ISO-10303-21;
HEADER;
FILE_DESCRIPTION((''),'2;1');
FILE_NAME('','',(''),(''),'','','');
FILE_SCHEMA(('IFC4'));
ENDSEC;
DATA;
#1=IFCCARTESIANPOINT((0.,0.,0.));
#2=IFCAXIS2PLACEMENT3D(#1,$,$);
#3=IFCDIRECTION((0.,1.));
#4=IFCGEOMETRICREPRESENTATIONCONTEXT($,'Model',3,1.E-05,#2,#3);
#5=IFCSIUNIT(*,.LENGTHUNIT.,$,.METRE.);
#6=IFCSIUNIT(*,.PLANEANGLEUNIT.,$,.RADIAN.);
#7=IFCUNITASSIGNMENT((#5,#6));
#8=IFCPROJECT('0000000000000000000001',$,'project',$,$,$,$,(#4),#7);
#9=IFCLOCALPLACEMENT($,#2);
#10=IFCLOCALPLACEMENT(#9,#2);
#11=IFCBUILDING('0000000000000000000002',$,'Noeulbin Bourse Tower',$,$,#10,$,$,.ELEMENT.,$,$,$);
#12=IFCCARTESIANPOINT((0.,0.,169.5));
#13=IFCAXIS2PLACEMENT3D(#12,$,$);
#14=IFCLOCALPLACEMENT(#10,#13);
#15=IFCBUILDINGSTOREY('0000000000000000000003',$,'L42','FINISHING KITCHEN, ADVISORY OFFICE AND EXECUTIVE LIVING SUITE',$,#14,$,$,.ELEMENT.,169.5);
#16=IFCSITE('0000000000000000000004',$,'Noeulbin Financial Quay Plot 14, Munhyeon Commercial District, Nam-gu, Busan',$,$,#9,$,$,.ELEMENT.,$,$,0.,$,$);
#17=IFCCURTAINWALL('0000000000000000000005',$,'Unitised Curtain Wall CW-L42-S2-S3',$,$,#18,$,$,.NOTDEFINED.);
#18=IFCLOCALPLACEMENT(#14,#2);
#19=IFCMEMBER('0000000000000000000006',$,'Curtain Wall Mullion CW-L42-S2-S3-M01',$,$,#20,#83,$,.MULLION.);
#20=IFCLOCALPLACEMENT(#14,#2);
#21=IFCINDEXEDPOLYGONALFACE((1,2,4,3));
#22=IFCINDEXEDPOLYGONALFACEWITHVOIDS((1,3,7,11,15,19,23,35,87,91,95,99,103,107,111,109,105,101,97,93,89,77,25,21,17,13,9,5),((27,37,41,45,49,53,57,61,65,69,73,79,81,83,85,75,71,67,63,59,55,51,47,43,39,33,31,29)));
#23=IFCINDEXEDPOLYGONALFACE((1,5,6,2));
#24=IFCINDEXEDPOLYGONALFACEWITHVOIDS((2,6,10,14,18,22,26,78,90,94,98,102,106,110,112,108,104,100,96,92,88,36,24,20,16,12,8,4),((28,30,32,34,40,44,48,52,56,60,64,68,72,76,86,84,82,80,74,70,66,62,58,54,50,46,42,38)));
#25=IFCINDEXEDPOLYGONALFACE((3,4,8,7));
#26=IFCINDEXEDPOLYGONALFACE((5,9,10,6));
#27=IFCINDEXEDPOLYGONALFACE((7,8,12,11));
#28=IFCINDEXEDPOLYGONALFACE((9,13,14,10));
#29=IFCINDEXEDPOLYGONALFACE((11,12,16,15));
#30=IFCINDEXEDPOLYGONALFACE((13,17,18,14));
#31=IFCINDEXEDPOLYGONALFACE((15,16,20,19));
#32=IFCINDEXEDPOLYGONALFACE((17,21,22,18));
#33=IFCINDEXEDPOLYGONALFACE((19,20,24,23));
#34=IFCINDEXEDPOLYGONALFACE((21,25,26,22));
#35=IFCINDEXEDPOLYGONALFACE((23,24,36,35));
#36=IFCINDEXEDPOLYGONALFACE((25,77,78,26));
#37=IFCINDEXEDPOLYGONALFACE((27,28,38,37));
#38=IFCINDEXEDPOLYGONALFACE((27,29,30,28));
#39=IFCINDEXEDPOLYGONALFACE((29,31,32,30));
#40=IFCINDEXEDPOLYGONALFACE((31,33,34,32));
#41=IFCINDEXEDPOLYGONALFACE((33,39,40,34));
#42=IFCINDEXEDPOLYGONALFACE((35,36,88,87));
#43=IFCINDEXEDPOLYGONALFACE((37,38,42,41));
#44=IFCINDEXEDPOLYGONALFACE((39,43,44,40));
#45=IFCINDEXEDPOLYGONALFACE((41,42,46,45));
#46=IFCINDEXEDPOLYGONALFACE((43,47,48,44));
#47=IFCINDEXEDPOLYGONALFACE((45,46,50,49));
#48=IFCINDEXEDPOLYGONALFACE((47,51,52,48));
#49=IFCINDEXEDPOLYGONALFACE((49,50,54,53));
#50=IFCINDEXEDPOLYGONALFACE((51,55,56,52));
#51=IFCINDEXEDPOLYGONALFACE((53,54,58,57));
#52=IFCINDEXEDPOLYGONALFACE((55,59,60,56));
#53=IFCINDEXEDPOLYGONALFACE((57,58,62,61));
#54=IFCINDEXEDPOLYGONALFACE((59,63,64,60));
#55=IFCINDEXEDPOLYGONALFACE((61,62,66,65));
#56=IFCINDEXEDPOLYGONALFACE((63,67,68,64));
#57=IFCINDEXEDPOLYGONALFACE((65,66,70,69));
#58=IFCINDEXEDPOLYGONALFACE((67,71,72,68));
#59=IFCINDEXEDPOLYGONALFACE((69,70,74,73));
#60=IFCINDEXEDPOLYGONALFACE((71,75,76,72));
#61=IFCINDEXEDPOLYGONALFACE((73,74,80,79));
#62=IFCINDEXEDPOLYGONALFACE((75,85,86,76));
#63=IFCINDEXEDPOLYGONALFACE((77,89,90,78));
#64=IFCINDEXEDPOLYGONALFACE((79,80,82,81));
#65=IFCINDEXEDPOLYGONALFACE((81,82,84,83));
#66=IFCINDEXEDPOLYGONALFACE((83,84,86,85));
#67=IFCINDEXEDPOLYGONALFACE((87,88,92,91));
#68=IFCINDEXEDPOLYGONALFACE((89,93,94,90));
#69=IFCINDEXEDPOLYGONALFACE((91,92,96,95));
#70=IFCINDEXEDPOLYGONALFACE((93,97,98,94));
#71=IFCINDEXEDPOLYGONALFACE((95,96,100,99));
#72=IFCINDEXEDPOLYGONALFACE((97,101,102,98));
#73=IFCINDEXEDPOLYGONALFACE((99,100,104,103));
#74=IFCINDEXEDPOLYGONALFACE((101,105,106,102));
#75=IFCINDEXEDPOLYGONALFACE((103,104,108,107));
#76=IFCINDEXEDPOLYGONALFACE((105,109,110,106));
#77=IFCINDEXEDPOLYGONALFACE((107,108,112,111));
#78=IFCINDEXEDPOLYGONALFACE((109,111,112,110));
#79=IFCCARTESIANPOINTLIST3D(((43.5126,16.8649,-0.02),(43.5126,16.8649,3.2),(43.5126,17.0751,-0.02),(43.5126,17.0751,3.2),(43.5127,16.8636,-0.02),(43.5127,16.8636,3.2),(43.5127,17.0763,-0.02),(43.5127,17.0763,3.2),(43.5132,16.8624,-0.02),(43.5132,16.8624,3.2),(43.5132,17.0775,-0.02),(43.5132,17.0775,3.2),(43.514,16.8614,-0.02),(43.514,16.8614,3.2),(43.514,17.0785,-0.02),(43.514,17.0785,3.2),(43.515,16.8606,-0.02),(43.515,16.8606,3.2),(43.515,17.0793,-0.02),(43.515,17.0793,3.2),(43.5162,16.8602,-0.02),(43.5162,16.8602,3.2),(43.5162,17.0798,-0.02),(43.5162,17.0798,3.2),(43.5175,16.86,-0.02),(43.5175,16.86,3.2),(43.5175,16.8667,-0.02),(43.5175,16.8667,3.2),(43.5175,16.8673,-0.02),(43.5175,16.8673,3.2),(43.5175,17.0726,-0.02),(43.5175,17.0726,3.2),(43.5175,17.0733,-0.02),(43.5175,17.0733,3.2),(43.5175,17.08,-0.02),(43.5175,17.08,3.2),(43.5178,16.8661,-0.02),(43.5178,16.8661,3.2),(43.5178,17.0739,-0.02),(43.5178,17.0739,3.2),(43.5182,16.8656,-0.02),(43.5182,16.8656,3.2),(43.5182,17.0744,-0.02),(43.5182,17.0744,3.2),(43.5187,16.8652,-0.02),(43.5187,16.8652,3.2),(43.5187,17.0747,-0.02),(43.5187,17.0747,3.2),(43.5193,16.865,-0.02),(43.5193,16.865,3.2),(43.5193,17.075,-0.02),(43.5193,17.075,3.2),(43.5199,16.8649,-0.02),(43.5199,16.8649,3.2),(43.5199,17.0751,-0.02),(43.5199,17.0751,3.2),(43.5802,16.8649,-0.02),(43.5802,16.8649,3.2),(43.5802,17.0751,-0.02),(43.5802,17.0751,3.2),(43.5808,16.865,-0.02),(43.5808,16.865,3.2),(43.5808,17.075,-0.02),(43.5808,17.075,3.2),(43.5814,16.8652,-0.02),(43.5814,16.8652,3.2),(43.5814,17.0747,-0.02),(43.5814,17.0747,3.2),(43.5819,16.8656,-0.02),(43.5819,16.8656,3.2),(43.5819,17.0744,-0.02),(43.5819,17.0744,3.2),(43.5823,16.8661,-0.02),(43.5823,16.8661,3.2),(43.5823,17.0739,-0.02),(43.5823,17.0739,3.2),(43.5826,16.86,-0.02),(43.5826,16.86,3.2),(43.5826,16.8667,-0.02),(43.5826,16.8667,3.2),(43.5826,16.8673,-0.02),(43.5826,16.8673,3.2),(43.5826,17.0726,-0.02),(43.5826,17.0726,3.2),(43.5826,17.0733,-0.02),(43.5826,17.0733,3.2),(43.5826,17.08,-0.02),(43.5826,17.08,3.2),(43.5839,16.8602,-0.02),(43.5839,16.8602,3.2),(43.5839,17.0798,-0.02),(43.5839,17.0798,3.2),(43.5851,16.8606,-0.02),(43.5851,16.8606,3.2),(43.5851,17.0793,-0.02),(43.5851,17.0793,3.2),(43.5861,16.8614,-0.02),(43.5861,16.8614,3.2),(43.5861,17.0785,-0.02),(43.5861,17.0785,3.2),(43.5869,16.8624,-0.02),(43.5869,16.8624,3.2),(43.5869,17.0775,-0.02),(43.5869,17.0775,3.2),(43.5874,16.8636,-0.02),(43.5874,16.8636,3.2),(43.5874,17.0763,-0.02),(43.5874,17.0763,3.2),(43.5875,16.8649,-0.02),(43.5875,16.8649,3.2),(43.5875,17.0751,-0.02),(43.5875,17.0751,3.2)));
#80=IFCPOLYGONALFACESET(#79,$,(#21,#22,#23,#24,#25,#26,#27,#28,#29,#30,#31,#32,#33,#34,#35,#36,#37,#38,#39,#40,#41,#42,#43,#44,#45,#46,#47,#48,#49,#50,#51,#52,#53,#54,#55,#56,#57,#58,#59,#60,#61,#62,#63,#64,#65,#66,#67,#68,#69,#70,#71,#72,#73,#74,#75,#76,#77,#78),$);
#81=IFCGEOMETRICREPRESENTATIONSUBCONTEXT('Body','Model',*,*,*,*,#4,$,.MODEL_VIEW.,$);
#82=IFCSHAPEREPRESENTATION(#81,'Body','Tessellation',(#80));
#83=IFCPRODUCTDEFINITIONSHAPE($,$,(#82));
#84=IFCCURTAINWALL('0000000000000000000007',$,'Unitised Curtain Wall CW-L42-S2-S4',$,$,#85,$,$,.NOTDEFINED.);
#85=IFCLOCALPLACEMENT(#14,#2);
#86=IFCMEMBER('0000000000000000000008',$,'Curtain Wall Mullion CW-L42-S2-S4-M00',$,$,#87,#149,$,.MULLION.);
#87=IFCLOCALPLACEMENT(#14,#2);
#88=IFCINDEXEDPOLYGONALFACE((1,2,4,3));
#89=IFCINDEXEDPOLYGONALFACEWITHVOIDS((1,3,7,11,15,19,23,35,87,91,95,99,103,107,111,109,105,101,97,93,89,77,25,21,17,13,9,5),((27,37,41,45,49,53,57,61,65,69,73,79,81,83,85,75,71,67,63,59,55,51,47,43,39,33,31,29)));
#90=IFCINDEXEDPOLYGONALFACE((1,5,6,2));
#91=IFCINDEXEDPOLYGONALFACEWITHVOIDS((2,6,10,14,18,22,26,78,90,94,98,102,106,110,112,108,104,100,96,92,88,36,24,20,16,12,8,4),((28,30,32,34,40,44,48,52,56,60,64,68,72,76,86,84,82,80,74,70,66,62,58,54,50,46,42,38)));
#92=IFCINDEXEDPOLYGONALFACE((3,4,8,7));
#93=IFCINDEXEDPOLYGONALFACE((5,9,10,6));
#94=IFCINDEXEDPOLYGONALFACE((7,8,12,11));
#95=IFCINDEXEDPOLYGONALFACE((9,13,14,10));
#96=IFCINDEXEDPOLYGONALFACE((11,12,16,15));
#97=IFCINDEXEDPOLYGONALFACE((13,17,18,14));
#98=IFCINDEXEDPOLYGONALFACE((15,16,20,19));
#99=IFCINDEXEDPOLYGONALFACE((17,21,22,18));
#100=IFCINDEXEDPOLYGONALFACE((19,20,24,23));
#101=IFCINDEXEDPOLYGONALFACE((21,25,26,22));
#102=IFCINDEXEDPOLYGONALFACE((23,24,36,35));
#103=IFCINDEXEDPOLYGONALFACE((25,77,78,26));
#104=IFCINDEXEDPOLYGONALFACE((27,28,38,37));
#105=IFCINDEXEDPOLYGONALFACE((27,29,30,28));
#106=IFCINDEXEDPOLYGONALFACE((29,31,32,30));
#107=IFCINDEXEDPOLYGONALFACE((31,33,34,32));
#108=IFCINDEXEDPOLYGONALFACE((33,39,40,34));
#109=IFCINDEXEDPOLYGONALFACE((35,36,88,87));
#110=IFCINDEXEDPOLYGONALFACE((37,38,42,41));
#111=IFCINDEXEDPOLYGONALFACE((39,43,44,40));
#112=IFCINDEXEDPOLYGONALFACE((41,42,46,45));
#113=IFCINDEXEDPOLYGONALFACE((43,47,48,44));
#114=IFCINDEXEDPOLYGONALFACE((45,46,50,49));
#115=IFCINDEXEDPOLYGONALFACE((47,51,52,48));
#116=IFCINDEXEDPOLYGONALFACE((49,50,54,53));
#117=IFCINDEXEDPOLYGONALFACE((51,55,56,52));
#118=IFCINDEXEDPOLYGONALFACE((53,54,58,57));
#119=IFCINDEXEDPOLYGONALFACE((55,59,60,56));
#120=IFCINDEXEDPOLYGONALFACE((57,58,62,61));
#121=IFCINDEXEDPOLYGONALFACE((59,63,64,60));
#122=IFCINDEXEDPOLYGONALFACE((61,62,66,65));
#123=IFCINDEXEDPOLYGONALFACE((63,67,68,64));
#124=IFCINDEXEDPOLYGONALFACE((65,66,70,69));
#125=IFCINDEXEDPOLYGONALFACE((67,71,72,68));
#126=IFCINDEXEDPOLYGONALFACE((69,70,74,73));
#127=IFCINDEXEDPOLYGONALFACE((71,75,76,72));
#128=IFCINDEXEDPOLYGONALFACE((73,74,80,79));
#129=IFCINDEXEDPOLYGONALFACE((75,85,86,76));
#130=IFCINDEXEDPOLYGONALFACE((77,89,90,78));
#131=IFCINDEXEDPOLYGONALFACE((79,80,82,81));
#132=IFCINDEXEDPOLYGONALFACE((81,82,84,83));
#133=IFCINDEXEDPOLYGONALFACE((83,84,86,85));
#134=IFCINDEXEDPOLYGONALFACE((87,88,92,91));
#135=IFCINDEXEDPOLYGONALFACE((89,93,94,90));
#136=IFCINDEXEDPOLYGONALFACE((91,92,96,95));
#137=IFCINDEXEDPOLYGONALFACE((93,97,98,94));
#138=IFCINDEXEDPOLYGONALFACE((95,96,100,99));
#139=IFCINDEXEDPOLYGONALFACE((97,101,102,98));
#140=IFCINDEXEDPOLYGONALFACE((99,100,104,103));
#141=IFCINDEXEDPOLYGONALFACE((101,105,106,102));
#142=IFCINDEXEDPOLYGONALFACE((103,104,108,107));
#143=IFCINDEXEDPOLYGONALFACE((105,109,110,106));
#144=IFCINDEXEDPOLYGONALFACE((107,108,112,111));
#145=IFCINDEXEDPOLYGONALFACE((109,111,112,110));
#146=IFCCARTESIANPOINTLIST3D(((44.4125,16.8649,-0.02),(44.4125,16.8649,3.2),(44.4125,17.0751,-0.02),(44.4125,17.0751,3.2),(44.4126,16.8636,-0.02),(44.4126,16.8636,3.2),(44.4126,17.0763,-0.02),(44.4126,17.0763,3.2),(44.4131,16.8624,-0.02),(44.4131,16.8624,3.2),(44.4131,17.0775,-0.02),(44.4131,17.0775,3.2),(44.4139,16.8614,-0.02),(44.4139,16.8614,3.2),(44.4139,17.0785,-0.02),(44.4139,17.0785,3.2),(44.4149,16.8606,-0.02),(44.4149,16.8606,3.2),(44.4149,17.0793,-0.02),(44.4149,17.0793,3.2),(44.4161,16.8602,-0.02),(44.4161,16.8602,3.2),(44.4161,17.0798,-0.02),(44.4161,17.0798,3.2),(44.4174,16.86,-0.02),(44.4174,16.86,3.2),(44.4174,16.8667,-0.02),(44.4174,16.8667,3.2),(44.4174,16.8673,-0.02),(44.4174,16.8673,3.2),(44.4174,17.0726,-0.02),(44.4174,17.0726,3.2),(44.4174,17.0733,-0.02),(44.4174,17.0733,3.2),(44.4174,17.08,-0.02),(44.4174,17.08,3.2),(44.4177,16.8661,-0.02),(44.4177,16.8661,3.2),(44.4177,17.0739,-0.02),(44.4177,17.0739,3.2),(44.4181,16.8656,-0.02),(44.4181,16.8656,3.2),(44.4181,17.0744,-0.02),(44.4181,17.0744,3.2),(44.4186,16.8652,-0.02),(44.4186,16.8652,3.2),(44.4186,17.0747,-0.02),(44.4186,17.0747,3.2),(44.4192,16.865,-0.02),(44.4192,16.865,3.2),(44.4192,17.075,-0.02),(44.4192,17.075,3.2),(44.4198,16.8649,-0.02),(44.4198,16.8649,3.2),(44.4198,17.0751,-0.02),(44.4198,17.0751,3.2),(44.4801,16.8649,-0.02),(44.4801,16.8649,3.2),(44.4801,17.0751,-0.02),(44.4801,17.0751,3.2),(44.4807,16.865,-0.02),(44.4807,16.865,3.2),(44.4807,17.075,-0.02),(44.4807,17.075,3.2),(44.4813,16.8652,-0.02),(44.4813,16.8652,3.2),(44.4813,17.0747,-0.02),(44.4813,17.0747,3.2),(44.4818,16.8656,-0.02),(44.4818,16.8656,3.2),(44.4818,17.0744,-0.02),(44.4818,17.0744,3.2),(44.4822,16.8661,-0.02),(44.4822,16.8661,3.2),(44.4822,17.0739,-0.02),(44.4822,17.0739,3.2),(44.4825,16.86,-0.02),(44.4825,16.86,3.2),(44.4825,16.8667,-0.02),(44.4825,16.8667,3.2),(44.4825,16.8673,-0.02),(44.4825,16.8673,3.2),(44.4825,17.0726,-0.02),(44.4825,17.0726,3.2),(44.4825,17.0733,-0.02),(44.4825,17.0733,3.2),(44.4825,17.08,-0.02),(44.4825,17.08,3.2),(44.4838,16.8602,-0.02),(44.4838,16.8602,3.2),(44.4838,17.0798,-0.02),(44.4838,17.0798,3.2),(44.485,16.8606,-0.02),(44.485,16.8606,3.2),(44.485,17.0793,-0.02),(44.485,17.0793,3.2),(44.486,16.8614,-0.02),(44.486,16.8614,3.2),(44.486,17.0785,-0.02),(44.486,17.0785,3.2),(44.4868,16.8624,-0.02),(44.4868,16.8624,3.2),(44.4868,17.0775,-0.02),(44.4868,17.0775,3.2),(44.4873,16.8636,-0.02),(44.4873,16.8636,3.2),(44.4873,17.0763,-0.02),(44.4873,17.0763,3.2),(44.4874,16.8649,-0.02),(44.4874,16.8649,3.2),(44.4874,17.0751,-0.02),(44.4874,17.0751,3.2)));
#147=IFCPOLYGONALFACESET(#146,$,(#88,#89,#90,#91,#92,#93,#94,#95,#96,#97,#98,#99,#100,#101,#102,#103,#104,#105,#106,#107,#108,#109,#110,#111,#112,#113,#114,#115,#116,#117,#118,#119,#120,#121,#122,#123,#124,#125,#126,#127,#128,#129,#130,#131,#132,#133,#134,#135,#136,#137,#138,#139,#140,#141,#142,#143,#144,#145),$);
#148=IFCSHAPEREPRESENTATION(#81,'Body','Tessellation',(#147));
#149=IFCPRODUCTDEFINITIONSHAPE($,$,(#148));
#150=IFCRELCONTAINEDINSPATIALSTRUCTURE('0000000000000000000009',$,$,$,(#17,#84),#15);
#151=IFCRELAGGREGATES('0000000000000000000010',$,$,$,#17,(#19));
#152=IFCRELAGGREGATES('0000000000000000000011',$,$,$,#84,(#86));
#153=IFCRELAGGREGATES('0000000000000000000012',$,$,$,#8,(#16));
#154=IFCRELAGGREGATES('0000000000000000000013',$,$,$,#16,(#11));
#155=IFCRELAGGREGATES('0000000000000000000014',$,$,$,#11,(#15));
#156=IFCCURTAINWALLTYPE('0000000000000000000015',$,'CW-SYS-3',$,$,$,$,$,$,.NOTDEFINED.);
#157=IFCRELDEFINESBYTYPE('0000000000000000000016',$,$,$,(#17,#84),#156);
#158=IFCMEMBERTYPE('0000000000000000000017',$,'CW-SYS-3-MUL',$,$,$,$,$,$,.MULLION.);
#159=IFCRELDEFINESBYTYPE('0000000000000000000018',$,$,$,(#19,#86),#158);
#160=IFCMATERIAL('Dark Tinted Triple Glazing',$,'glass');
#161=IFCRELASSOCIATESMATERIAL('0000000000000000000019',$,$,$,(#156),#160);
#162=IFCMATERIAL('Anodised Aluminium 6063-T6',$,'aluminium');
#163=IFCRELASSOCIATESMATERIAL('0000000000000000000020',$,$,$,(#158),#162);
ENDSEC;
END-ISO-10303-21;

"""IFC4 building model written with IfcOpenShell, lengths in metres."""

from ifc_helpers import new_model, si_unit, direction, frame, origin, origin_2d, place, context, subcontext, project, spatial, hollow_rectangle, extrude, material, material_profile, profile_set, type_object, element, aggregate, save


model = new_model("IFC4")

# Units and contexts
model_context = context("Model", 3, precision=1e-05, world=origin(), true_north=direction((0.0, 1.0)))
body_context = subcontext(model_context, "Body", "Model", "MODEL_VIEW")
ifc_project = project(units=[si_unit("LENGTHUNIT", "METRE"), si_unit("PLANEANGLEUNIT", "RADIAN")], contexts=[model_context])

# Site, building, storey
site_placement = place(None, origin())
site = spatial("IfcSite", under=ifc_project, at=site_placement, Name="Noeulbin Financial Quay Plot 14, Munhyeon Commercial District, Nam-gu, Busan", CompositionType="ELEMENT", RefElevation=0.0)
building_placement = place(site_placement, origin())
building = spatial("IfcBuilding", under=site, at=building_placement, Name="Noeulbin Bourse Tower", CompositionType="ELEMENT")
storey_placement = place(building_placement, frame((0.0, 0.0, 169.5)))
storey = spatial("IfcBuildingStorey", under=building, at=storey_placement, Name="L42", Description="FINISHING KITCHEN, ADVISORY OFFICE AND EXECUTIVE LIVING SUITE", CompositionType="ELEMENT", Elevation=169.5)

# Curtain wall, member
ifc_material_1 = material(Name="Dark Tinted Triple Glazing", Category="glass")
curtain_wall_type = type_object("IfcCurtainWallType", Name="CW-SYS-3", PredefinedType="NOTDEFINED", material=ifc_material_1)
curtain_wall_1_placement = place(storey_placement, origin())
curtain_wall_1 = element("IfcCurtainWall", 1, at=curtain_wall_1_placement, inside=storey, type_object=curtain_wall_type, Name="Unitised Curtain Wall CW-L42-S2-S3", PredefinedType="NOTDEFINED")
ifc_material_2 = material(Name="Anodised Aluminium 6063-T6", Category="aluminium")
ifc_material_profile_1 = material_profile(ifc_material_2, hollow_rectangle(XDim=0.075, YDim=0.22, WallThickness=0.0049, InnerFilletRadius=0.0024, OuterFilletRadius=0.0049, at=origin_2d()), Name="ALU-MULL-75x220x5", Category="LoadBearing")
ifc_profile_set_1 = profile_set([ifc_material_profile_1], Name="Anodised Aluminium 6063-T6")
member_type_1 = type_object("IfcMemberType", Name="CW-SYS-3-MUL", PredefinedType="MULLION", material=ifc_profile_set_1)
member_1_placement = place(storey_placement, frame((43.55, 16.97, -0.02), z_axis=(0.0, 0.0, 1.0), x_axis=(1.0, 0.0, 0.0)))
member_1 = element("IfcMember", 2, at=member_1_placement, type_object=member_type_1, Name="Curtain Wall Mullion CW-L42-S2-S3-M01", PredefinedType="MULLION", context=body_context, shape_type="SweptSolid", body=[
    extrude(hollow_rectangle(XDim=0.075, YDim=0.22, WallThickness=0.0049, InnerFilletRadius=0.0024, OuterFilletRadius=0.0049, at=origin_2d()), origin(), (0.0, 0.0, 1.0), 3.22),
])
aggregate(curtain_wall_1, [member_1])

# Curtain wall, member
curtain_wall_2_placement = place(storey_placement, origin())
curtain_wall_2 = element("IfcCurtainWall", 3, at=curtain_wall_2_placement, inside=storey, type_object=curtain_wall_type, Name="Unitised Curtain Wall CW-L42-S2-S4", PredefinedType="NOTDEFINED")
member_2_placement = place(storey_placement, frame((44.45, 16.97, -0.02), z_axis=(0.0, 0.0, 1.0), x_axis=(1.0, 0.0, 0.0)))
member_2 = element("IfcMember", 4, at=member_2_placement, type_object=member_type_1, Name="Curtain Wall Mullion CW-L42-S2-S4-M00", PredefinedType="MULLION", context=body_context, shape_type="SweptSolid", body=[
    extrude(hollow_rectangle(XDim=0.075, YDim=0.22, WallThickness=0.0049, InnerFilletRadius=0.0024, OuterFilletRadius=0.0049, at=origin_2d()), origin(), (0.0, 0.0, 1.0), 3.22),
])

aggregate(curtain_wall_2, [member_2])

save(model, "model.ifc")
